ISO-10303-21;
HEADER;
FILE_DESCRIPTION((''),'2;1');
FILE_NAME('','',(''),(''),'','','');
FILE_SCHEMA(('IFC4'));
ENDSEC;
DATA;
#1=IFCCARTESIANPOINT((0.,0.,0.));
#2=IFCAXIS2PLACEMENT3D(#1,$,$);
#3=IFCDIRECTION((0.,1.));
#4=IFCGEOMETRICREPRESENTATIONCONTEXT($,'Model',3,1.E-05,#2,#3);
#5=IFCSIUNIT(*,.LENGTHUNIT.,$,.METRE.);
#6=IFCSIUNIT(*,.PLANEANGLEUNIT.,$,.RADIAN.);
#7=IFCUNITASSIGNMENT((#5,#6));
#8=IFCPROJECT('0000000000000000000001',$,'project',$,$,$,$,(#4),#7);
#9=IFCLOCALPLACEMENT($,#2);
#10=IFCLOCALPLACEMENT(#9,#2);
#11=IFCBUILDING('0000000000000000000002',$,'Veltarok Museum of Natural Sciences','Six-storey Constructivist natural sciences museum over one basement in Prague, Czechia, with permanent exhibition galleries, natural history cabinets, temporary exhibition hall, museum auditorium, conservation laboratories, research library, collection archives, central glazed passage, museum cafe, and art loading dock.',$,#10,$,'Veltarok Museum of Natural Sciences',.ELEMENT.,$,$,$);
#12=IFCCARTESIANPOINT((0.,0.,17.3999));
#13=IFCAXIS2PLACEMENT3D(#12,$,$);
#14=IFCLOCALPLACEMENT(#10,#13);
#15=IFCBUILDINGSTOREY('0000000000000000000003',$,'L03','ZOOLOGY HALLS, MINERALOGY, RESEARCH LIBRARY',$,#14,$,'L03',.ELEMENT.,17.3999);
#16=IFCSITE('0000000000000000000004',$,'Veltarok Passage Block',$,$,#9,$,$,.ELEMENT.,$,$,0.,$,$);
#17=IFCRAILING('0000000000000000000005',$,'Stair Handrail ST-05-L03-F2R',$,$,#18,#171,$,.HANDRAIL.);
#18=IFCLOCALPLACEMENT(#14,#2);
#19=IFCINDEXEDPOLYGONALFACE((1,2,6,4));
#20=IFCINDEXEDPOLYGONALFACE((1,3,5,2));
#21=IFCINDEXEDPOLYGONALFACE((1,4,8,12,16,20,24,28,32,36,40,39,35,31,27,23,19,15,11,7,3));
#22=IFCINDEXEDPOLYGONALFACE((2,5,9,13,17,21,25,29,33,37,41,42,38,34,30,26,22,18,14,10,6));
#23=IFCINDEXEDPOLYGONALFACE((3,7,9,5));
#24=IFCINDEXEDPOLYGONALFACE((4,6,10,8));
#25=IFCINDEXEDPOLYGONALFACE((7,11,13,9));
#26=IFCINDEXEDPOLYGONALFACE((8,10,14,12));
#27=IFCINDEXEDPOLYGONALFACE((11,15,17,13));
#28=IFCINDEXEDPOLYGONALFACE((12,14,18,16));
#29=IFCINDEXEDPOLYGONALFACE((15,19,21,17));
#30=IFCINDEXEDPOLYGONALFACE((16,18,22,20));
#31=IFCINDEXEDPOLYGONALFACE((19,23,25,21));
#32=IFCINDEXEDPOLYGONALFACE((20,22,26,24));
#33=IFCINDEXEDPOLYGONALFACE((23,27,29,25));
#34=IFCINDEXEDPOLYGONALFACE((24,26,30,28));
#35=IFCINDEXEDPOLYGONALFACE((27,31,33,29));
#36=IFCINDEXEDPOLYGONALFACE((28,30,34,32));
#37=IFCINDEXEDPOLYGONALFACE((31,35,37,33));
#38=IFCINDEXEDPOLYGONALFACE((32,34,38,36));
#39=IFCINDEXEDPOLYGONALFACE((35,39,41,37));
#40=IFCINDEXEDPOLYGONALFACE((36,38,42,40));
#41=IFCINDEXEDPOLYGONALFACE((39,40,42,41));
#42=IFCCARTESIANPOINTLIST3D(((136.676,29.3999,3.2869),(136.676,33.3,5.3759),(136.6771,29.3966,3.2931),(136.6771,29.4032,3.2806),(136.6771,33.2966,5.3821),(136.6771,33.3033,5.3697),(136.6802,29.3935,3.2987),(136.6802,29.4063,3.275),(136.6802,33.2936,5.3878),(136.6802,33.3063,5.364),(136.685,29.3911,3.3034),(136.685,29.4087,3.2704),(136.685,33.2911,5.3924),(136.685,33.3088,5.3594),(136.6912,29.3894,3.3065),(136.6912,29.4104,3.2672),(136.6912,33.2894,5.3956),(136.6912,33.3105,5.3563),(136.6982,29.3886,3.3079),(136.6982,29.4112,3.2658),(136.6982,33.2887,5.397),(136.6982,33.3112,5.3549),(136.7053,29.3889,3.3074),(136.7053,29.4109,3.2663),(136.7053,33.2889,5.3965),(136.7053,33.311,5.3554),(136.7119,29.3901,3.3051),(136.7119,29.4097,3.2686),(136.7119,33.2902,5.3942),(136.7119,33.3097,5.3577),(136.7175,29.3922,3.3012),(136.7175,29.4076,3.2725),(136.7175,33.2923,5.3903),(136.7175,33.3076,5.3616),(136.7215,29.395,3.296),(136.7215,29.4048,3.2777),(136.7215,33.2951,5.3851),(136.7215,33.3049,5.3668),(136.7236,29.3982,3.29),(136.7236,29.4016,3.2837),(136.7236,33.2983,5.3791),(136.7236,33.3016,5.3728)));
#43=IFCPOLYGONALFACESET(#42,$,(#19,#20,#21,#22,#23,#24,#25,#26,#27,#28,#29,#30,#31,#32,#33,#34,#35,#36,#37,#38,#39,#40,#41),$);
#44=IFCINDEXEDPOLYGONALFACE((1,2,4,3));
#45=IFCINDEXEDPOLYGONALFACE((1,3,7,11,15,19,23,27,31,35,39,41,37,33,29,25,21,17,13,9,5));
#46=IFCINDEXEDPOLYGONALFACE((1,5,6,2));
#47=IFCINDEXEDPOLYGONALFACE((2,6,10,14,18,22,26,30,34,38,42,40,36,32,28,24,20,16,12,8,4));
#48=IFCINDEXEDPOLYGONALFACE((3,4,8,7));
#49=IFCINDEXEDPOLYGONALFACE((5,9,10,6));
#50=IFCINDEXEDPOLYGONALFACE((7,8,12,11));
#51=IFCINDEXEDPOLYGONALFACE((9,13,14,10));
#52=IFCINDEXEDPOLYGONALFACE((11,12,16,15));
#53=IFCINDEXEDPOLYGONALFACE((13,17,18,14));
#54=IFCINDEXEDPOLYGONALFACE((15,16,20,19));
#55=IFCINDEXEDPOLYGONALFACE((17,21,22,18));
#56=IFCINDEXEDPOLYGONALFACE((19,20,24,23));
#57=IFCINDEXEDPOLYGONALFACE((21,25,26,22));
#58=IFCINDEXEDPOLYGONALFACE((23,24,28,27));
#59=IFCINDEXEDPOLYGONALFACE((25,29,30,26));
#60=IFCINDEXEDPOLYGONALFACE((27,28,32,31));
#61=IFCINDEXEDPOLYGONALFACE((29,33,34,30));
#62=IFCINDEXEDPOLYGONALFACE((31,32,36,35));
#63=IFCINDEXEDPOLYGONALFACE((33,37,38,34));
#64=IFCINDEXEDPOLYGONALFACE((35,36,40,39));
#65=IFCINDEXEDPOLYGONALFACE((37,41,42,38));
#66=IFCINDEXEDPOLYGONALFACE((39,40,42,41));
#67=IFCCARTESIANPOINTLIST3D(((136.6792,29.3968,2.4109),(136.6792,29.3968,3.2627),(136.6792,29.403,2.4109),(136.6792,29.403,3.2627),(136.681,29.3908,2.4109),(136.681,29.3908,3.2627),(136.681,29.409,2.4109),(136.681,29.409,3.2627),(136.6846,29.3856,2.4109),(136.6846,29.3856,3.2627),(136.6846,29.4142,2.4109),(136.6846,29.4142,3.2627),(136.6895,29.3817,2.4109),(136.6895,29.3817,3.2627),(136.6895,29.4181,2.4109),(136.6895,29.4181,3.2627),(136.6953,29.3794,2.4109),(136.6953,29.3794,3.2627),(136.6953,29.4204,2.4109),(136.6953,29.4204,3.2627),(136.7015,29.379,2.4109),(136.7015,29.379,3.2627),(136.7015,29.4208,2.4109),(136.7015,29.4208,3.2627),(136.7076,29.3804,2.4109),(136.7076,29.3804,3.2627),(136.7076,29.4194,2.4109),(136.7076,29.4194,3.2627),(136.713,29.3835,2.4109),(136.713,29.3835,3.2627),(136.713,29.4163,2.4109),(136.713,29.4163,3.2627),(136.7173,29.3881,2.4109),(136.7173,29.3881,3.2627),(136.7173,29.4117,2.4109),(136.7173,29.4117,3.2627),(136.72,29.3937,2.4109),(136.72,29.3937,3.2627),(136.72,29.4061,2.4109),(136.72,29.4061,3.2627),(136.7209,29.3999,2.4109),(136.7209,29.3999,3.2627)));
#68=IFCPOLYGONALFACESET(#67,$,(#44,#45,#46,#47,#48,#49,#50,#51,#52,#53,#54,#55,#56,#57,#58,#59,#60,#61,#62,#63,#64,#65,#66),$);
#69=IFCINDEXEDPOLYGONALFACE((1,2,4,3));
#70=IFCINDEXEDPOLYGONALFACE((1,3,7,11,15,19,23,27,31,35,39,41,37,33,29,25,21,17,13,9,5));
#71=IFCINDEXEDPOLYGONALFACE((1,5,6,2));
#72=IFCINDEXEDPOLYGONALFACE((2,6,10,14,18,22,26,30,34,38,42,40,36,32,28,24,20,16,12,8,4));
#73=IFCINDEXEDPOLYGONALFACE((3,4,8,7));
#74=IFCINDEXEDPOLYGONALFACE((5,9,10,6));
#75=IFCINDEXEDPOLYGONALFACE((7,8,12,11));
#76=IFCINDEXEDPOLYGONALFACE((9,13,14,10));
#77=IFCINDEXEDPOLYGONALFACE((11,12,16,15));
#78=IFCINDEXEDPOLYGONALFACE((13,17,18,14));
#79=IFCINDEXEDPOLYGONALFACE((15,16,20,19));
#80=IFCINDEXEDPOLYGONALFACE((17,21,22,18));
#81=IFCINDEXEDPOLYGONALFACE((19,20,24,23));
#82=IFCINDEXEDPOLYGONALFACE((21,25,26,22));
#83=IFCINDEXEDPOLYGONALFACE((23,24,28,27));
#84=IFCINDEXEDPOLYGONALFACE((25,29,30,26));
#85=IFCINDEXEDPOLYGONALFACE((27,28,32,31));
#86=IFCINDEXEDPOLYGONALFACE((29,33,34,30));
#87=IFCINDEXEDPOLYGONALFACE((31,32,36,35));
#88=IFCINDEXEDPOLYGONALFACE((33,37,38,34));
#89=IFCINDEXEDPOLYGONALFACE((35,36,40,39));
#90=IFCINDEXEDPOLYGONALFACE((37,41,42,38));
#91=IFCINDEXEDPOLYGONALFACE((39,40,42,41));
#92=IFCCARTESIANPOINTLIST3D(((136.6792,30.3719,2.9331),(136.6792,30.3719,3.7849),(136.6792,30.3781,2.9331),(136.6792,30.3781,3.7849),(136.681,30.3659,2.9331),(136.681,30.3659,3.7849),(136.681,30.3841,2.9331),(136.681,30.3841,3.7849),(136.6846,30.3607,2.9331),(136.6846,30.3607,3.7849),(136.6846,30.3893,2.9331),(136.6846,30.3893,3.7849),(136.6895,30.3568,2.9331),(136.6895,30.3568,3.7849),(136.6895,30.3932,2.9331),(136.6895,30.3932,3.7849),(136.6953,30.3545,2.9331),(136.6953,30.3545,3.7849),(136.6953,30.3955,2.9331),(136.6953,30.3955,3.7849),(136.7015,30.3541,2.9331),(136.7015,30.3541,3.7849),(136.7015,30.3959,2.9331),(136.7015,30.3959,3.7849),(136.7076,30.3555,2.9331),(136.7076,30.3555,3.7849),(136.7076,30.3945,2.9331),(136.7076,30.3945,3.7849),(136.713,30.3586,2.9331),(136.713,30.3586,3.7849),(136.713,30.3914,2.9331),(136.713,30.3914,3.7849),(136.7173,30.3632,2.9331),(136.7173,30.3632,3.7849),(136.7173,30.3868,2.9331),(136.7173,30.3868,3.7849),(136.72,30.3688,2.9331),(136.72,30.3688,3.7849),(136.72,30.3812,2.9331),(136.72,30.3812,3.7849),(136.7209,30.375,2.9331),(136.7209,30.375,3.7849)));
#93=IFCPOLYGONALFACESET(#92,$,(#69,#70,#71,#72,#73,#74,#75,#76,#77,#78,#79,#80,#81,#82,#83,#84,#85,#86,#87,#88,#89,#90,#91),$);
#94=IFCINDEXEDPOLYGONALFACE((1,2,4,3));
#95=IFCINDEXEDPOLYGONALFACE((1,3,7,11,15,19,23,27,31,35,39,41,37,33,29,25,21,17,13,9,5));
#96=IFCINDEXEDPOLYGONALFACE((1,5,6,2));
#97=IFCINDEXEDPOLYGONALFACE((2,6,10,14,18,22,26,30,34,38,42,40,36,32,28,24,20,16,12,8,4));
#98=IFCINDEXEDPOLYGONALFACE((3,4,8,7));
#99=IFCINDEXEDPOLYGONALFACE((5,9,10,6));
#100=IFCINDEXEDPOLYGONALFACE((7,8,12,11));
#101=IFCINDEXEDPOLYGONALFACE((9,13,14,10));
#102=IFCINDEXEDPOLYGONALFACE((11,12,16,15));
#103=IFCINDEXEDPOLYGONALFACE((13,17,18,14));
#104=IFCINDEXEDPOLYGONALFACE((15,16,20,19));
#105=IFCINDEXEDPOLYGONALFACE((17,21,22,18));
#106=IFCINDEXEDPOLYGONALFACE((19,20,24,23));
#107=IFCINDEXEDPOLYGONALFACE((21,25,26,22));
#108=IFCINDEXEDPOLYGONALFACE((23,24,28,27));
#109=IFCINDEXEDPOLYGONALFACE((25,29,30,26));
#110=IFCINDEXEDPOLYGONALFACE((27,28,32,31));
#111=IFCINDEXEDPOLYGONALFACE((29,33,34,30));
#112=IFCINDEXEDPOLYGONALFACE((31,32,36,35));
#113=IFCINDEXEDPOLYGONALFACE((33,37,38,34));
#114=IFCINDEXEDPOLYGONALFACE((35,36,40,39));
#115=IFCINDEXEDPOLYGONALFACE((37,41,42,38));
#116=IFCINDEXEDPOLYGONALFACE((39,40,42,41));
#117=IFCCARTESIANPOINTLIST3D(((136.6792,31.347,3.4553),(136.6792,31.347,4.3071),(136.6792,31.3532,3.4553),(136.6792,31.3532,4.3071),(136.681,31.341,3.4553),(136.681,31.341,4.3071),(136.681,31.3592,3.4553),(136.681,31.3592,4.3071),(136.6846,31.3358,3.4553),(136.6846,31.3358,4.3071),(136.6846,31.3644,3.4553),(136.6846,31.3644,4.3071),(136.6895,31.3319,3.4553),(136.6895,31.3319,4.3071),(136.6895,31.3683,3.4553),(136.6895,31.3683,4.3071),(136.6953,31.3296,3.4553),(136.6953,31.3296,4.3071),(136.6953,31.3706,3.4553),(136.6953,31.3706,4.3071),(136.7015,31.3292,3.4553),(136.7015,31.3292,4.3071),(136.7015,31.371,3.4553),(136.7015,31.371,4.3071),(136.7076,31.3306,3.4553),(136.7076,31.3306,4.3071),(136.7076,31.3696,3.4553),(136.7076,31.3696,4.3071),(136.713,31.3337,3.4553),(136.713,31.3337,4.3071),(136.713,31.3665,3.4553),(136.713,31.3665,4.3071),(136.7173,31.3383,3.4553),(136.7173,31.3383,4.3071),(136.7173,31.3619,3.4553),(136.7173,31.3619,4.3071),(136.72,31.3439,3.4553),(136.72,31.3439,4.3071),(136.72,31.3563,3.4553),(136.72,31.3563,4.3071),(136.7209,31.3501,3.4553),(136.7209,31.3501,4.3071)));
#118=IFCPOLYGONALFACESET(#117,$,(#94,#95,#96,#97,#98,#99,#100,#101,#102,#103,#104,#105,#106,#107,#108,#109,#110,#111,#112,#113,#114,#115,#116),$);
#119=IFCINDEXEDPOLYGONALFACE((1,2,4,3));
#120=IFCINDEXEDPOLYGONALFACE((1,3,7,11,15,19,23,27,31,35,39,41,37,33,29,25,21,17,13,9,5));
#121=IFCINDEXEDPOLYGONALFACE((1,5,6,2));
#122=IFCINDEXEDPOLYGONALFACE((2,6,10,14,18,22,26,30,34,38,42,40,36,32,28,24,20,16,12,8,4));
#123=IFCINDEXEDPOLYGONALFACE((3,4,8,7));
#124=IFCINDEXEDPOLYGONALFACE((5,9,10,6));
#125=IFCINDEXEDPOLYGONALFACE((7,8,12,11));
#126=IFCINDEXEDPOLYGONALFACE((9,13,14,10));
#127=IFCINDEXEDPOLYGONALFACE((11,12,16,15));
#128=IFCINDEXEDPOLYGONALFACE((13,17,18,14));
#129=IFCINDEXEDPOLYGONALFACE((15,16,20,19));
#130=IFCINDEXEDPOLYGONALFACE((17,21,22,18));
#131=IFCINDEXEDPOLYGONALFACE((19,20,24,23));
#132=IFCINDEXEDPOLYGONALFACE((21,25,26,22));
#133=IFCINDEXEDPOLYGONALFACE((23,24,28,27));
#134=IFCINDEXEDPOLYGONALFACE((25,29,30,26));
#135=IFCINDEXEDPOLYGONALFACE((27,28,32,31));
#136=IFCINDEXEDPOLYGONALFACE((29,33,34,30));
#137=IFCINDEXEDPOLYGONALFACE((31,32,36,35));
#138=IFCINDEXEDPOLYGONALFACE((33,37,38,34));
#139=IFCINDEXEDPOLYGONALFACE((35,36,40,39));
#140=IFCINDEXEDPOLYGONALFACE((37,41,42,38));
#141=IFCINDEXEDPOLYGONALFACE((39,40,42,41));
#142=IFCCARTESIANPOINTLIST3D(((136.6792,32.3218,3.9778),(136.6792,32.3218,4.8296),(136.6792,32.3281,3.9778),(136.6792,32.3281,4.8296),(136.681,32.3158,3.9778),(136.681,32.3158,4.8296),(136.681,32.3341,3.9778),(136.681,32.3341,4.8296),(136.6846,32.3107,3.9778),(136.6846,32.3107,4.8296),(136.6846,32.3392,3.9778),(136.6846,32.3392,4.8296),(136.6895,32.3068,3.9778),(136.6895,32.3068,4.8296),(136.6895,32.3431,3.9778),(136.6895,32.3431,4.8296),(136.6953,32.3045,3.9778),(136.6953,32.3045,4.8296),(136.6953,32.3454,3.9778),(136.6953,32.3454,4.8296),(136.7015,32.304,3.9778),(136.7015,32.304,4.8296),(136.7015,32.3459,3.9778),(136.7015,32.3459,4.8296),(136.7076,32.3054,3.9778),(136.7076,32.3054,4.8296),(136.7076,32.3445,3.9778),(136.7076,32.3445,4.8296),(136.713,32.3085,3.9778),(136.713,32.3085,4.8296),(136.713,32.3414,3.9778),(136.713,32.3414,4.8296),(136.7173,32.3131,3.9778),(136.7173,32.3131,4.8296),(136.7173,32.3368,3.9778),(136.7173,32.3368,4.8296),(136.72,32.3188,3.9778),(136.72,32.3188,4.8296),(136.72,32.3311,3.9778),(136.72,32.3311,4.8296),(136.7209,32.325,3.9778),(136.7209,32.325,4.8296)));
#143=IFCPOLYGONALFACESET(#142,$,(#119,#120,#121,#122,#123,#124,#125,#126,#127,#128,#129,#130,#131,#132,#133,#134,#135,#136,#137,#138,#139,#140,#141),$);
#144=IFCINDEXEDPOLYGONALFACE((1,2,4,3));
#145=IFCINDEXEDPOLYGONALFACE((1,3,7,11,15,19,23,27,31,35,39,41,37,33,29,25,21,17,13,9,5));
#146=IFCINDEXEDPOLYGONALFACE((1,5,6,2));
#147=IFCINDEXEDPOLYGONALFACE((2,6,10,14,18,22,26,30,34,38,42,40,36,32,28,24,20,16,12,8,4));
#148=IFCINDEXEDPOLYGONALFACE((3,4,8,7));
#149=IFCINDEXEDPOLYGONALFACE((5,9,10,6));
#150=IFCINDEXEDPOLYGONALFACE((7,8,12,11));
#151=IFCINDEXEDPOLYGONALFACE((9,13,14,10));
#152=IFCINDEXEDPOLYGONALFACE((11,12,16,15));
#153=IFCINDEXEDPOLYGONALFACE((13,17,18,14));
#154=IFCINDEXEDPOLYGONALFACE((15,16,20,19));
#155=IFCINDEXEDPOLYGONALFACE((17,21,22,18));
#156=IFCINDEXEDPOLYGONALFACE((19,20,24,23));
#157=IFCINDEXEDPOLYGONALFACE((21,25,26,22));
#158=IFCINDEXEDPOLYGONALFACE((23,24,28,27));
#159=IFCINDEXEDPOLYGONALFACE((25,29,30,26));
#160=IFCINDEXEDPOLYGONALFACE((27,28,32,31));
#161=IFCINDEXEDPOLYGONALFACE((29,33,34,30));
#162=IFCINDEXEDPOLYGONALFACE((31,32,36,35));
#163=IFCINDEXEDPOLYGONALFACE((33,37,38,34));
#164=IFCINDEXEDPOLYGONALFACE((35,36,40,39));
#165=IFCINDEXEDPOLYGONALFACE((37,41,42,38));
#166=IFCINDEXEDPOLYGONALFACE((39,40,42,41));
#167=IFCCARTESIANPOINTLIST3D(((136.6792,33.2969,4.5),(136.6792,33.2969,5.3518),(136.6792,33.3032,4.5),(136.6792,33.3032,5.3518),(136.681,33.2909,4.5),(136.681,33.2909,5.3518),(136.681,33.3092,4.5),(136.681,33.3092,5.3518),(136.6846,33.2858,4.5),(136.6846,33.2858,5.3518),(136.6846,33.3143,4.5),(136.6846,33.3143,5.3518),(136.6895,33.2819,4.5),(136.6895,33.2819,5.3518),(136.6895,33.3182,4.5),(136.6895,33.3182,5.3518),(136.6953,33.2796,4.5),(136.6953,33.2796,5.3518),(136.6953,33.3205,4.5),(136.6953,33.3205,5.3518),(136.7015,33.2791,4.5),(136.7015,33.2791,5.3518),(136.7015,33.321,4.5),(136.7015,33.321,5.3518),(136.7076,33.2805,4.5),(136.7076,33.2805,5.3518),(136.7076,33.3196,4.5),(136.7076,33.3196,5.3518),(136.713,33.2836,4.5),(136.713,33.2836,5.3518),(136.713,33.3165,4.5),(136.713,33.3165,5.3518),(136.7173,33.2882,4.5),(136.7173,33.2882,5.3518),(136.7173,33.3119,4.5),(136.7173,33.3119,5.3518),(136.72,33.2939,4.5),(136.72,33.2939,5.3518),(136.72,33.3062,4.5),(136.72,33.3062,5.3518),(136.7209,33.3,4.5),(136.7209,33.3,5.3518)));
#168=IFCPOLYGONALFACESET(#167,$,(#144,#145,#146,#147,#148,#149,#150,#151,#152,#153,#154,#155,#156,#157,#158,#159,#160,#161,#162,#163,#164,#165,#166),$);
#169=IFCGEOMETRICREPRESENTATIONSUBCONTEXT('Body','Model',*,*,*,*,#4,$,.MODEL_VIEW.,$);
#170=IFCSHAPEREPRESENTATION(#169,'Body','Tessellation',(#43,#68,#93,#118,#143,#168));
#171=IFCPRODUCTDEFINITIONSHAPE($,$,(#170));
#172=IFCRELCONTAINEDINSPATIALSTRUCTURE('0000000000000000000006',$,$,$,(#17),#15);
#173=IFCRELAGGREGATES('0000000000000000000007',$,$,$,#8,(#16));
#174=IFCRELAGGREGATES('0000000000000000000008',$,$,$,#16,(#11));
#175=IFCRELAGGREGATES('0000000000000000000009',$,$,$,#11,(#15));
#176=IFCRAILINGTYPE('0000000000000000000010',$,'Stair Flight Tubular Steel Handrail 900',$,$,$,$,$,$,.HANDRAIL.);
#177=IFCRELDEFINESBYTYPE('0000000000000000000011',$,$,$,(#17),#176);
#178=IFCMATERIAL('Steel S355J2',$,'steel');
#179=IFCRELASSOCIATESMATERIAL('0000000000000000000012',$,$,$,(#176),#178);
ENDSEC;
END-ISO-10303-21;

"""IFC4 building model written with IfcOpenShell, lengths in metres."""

from ifc_helpers import new_model, si_unit, direction, frame, origin, origin_2d, place, context, subcontext, project, spatial, circle, extrude, material, type_object, element, save


model = new_model("IFC4")

# Units and contexts
model_context = context("Model", 3, precision=1e-05, world=origin(), true_north=direction((0.0, 1.0)))
body_context = subcontext(model_context, "Body", "Model", "MODEL_VIEW")
ifc_project = project(units=[si_unit("LENGTHUNIT", "METRE"), si_unit("PLANEANGLEUNIT", "RADIAN")], contexts=[model_context])

# Site, building, storey
site_placement = place(None, origin())
site = spatial("IfcSite", under=ifc_project, at=site_placement, Name="Veltarok Passage Block", CompositionType="ELEMENT", RefElevation=0.0)
building_placement = place(site_placement, origin())
building = spatial("IfcBuilding", under=site, at=building_placement, Name="Veltarok Museum of Natural Sciences", Description="Six-storey Constructivist natural sciences museum over one basement in Prague, Czechia, with permanent exhibition galleries, natural history cabinets, temporary exhibition hall, museum auditorium, conservation laboratories, research library, collection archives, central glazed passage, museum cafe, and art loading dock.", LongName="Veltarok Museum of Natural Sciences", CompositionType="ELEMENT")
storey_placement = place(building_placement, frame((0.0, 0.0, 17.3999)))
storey = spatial("IfcBuildingStorey", under=building, at=storey_placement, Name="L03", Description="ZOOLOGY HALLS, MINERALOGY, RESEARCH LIBRARY", LongName="L03", CompositionType="ELEMENT", Elevation=17.3999)

# Shared definitions
ifc_material_1 = material(Name="Steel S355J2", Category="steel")

# Railing
railing_type_1 = type_object("IfcRailingType", Name="Stair Flight Tubular Steel Handrail 900", PredefinedType="HANDRAIL", material=ifc_material_1)
for number, where, name in (
    (1, (136.7, 29.3999, 2.4109), "Stair Handrail ST-05-L03-F2R"),
):
    element("IfcRailing", number, at=place(storey_placement, frame(where)), inside=storey, type_object=railing_type_1, Name=name, PredefinedType="HANDRAIL", context=body_context, shape_type="SweptSolid", body=[
        extrude(circle(Radius=0.0239, at=origin_2d()), frame((0.0, 0.0, 0.876), z_axis=(0.0, 0.881504, 0.472177), x_axis=(-1.0, 0.0, 0.0)), (0.0, 0.0, 1.0), 4.4243),
        extrude(circle(Radius=0.021, at=origin_2d()), origin(), (0.0, 0.0, 1.0), 0.8518),
        extrude(circle(Radius=0.021, at=origin_2d()), frame((0.0, 0.9751, 0.5222)), (0.0, 0.0, 1.0), 0.8518),
        extrude(circle(Radius=0.021, at=origin_2d()), frame((0.0, 1.9502, 1.0444)), (0.0, 0.0, 1.0), 0.8518),
        extrude(circle(Radius=0.021, at=origin_2d()), frame((0.0, 2.925, 1.5669)), (0.0, 0.0, 1.0), 0.8518),
        extrude(circle(Radius=0.021, at=origin_2d()), frame((0.0, 3.9001, 2.0891)), (0.0, 0.0, 1.0), 0.8518),
    ])

save(model, "model.ifc")
